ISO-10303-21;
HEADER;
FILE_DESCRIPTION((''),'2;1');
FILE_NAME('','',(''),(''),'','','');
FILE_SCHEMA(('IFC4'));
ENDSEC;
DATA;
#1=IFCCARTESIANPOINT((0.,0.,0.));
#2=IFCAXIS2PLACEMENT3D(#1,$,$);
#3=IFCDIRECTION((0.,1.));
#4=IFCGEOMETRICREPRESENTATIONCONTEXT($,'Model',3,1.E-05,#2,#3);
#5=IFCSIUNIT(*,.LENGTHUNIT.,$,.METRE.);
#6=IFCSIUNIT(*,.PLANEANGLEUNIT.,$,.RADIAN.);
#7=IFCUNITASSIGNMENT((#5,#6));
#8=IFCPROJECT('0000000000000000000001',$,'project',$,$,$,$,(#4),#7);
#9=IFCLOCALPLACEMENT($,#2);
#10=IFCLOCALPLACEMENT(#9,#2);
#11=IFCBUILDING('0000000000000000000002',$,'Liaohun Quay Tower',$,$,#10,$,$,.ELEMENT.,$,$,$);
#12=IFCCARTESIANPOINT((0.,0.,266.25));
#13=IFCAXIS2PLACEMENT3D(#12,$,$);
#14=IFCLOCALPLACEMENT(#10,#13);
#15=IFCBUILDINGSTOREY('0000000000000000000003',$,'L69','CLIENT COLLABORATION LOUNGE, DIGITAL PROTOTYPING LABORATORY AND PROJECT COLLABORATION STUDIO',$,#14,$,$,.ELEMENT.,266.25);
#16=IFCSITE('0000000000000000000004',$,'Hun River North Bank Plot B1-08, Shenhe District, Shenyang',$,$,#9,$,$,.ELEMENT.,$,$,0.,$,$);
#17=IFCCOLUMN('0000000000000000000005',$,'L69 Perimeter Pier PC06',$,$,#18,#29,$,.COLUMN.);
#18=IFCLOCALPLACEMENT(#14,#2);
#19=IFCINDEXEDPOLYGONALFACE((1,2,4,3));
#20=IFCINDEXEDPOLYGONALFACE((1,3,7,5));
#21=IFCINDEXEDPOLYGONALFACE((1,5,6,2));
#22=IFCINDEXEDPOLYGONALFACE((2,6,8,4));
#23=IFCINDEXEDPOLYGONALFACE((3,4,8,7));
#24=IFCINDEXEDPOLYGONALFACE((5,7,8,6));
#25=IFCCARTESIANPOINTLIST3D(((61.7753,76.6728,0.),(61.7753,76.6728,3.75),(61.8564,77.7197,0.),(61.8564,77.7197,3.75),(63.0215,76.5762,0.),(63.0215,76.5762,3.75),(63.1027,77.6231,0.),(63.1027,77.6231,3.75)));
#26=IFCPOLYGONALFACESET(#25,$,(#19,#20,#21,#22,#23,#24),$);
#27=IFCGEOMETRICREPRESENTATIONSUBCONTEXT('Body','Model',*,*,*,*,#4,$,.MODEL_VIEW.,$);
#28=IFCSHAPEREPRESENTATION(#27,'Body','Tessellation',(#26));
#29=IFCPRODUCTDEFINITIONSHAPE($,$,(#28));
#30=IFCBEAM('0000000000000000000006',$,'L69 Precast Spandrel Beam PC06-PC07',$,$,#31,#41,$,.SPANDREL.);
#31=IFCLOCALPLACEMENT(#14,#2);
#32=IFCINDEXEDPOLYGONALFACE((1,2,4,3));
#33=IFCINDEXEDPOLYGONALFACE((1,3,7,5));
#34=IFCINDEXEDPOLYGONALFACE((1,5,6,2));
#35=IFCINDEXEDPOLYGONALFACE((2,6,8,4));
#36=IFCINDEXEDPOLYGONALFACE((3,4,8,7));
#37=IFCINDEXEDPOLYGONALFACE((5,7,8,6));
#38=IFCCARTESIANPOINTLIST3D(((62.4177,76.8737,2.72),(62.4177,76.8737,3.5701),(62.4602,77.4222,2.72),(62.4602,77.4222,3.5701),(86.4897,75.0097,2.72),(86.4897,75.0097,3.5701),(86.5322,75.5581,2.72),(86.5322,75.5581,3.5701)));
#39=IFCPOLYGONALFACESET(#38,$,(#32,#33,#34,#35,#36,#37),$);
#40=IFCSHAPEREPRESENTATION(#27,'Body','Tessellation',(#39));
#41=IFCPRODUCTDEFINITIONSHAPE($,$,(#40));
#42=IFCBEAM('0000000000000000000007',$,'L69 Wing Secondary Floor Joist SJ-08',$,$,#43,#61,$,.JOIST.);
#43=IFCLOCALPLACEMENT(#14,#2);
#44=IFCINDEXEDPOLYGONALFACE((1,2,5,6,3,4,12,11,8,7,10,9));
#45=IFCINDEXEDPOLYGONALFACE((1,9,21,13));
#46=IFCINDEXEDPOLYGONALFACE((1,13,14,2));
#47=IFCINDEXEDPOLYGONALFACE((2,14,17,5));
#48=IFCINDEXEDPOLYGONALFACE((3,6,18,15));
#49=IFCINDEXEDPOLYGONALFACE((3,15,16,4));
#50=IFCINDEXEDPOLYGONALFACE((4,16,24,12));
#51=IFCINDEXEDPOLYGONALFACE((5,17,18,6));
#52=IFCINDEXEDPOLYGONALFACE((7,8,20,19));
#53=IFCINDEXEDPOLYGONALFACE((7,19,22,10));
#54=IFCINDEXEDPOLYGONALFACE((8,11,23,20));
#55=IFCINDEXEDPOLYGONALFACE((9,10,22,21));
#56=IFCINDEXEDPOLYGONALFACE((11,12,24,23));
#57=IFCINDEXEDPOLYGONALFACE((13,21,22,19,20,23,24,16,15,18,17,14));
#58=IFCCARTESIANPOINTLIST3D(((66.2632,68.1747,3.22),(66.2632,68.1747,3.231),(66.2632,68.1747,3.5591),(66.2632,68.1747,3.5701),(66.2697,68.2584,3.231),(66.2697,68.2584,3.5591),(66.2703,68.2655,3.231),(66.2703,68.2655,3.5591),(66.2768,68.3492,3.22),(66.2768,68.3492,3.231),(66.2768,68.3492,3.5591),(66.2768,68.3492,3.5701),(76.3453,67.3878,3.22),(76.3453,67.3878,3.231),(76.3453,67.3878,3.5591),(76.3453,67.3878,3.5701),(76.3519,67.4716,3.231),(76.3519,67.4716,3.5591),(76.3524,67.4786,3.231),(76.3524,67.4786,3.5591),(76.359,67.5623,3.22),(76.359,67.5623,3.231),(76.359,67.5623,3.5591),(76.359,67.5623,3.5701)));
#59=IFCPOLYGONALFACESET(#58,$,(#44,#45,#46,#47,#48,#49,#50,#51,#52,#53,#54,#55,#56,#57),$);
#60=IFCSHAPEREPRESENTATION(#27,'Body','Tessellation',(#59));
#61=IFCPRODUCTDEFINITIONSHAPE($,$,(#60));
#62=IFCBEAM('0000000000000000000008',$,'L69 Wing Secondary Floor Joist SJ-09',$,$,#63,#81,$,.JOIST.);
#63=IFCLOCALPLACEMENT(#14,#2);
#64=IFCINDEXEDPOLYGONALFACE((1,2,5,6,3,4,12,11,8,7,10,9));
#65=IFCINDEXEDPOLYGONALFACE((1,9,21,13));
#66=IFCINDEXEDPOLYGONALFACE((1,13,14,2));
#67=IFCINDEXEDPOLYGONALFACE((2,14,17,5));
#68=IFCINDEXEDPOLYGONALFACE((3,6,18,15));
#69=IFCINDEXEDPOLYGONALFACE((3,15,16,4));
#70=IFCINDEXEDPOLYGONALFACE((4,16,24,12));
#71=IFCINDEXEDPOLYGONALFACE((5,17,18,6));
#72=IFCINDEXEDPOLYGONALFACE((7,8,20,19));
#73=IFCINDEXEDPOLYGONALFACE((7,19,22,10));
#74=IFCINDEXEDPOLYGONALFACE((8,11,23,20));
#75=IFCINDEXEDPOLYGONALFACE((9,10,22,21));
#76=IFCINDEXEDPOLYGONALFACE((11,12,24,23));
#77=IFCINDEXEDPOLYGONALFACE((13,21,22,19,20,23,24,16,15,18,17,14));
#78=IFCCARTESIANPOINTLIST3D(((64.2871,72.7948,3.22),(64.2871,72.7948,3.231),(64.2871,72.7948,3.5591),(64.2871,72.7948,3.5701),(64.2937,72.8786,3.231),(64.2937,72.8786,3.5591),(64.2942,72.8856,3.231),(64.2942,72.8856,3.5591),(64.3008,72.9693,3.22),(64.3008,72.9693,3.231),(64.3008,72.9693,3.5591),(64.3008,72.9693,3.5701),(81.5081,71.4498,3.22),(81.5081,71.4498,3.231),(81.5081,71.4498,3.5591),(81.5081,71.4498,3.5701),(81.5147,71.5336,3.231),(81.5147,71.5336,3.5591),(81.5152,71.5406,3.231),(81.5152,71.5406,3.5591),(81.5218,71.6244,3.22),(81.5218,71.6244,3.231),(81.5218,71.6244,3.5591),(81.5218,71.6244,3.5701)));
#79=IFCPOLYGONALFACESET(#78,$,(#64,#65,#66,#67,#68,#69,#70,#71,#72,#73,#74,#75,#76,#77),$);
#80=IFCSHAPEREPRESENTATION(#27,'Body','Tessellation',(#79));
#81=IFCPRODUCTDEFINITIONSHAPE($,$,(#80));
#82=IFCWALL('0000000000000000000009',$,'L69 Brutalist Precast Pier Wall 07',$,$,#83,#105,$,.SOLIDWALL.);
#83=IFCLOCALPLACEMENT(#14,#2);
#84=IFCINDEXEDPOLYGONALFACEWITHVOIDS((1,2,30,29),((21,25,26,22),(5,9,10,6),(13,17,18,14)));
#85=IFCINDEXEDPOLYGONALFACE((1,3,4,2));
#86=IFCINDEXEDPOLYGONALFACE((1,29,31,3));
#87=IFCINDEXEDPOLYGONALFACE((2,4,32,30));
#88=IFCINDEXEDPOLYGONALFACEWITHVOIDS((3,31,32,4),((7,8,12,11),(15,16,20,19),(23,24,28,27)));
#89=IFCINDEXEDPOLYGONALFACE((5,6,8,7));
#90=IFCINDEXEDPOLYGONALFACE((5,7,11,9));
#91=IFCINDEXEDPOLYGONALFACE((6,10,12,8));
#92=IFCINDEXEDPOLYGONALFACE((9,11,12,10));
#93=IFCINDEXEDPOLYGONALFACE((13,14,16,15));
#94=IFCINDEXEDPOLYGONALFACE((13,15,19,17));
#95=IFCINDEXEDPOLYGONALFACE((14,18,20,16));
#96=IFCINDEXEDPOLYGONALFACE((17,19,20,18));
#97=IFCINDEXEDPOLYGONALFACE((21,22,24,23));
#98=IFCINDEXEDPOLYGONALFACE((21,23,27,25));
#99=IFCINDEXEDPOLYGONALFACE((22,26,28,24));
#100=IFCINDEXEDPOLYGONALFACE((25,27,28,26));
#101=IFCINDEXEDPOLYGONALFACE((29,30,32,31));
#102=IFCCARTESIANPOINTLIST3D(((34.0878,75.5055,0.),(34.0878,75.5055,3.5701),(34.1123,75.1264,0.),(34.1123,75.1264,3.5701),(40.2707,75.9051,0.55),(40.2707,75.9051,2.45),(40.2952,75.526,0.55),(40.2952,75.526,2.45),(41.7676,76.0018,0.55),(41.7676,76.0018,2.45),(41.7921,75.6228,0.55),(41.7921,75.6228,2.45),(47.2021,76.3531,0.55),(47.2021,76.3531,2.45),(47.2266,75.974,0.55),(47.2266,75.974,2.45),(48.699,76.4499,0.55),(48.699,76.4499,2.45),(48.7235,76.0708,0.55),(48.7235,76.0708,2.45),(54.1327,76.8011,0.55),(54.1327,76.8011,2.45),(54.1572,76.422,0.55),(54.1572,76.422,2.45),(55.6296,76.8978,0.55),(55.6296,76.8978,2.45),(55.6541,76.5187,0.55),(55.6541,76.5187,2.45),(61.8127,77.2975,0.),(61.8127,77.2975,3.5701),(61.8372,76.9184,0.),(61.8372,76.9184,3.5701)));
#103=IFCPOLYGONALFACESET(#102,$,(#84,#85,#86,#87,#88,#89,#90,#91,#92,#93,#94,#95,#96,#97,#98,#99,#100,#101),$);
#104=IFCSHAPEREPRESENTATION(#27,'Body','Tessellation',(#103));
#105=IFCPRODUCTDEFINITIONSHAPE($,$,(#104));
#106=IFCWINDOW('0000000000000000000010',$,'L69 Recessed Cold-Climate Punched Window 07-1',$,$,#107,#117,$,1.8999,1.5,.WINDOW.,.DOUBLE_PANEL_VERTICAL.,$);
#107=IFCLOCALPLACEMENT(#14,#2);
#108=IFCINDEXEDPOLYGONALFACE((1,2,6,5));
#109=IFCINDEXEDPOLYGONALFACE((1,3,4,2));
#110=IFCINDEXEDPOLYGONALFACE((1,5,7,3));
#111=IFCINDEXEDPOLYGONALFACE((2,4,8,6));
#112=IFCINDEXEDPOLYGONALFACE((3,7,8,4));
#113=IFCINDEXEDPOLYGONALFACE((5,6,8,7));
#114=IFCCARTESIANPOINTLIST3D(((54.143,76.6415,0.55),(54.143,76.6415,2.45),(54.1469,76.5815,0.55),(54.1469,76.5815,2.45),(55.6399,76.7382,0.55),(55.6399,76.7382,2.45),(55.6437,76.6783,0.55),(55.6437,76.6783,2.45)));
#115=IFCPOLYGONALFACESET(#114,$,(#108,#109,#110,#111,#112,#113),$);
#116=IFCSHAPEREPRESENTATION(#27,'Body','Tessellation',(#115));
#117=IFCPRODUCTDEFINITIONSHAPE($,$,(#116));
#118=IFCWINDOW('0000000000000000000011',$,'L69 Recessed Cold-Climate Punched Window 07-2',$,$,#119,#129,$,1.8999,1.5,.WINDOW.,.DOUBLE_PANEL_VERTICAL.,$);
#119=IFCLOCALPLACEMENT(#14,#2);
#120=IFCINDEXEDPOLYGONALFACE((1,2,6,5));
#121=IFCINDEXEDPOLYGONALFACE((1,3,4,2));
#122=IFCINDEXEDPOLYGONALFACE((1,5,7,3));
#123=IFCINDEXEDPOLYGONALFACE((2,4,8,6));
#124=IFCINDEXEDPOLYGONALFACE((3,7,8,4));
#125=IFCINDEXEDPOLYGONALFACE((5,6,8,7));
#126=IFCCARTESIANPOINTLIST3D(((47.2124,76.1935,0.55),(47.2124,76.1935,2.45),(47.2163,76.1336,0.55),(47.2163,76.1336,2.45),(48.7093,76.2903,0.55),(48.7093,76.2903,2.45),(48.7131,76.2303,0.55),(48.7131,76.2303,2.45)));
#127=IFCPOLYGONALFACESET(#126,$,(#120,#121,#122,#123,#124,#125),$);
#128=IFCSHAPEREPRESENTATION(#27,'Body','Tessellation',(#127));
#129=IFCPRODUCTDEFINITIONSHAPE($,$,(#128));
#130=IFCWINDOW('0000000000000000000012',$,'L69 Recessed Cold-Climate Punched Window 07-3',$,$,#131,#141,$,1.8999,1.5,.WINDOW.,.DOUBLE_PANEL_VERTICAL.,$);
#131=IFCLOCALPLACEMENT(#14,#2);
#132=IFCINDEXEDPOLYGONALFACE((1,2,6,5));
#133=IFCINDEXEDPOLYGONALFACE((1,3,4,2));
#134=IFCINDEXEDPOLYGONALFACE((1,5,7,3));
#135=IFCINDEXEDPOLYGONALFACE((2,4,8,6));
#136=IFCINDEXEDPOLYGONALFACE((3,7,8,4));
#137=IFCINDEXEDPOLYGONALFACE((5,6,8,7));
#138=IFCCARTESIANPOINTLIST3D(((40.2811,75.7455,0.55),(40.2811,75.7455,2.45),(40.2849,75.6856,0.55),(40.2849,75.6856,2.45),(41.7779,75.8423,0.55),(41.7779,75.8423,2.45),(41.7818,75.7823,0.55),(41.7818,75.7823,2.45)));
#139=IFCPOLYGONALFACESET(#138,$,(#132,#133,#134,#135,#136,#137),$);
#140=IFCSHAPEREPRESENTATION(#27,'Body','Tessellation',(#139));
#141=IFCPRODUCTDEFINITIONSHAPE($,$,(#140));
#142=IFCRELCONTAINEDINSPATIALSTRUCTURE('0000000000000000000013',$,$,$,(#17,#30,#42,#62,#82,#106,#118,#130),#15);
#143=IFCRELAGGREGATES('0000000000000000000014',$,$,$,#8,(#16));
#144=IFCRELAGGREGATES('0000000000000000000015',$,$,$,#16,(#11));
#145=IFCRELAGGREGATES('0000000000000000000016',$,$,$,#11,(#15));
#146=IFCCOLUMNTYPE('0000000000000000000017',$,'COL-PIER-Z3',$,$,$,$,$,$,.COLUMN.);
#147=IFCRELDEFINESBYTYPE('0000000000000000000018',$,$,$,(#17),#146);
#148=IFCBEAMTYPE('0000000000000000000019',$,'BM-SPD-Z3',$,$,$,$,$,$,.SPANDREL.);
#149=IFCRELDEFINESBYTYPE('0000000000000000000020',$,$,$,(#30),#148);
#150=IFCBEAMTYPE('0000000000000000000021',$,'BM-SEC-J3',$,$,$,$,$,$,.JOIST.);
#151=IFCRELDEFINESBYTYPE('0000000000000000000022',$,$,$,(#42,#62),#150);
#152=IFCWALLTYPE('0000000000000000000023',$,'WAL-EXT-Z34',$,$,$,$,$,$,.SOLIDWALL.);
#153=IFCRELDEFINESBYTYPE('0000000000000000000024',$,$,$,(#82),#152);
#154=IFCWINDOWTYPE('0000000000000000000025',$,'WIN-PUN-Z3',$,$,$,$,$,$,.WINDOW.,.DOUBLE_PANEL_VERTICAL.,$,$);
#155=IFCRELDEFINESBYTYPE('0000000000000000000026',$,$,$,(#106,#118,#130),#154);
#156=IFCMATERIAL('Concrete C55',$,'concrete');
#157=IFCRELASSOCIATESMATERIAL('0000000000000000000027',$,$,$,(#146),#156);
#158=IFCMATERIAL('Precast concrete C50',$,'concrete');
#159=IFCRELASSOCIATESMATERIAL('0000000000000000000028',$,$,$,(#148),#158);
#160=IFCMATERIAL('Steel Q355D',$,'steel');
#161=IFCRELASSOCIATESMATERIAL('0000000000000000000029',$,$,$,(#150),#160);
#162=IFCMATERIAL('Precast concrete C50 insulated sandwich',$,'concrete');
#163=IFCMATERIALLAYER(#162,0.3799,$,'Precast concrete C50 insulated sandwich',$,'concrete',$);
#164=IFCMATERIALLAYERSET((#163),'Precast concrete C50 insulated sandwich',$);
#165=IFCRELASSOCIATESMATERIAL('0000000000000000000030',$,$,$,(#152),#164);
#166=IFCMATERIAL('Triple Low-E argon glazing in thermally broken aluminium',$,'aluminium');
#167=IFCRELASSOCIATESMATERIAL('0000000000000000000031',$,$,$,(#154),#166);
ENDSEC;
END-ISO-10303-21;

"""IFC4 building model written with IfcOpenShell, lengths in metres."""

from ifc_helpers import new_model, si_unit, direction, frame, frame_2d, origin, origin_2d, place, context, subcontext, project, spatial, rectangle, i_section, extrude, source, transform, mapped, material, layer, layer_set, material_profile, profile_set, type_object, element, fill, save


model = new_model("IFC4")

# Units and contexts
model_context = context("Model", 3, precision=1e-05, world=origin(), true_north=direction((0.0, 1.0)))
body_context = subcontext(model_context, "Body", "Model", "MODEL_VIEW")
ifc_project = project(units=[si_unit("LENGTHUNIT", "METRE"), si_unit("PLANEANGLEUNIT", "RADIAN")], contexts=[model_context])

# Site, building, storey
site_placement = place(None, origin())
site = spatial("IfcSite", under=ifc_project, at=site_placement, Name="Hun River North Bank Plot B1-08, Shenhe District, Shenyang", CompositionType="ELEMENT", RefElevation=0.0)
building_placement = place(site_placement, origin())
building = spatial("IfcBuilding", under=site, at=building_placement, Name="Liaohun Quay Tower", CompositionType="ELEMENT")
storey_placement = place(building_placement, frame((0.0, 0.0, 266.25)))
storey = spatial("IfcBuildingStorey", under=building, at=storey_placement, Name="L69", Description="CLIENT COLLABORATION LOUNGE, DIGITAL PROTOTYPING LABORATORY AND PROJECT COLLABORATION STUDIO", CompositionType="ELEMENT", Elevation=266.25)

# Column
ifc_material_1 = material(Name="Concrete C55", Category="concrete")
ifc_material_profile_1 = material_profile(ifc_material_1, rectangle(XDim=1.25, YDim=1.05, at=origin_2d()), Name="RC1250x1050")
ifc_profile_set_1 = profile_set([ifc_material_profile_1], Name="Concrete C55")
column_type = type_object("IfcColumnType", Name="COL-PIER-Z3", PredefinedType="COLUMN", material=ifc_profile_set_1)
shared_shape_1 = source(origin(), body_context, "Body", "SweptSolid", [
    extrude(rectangle(XDim=1.25, YDim=1.05, at=origin_2d()), origin(), (0.0, 0.0, 1.0), 3.75),
])
column_placement = place(storey_placement, frame((62.439, 77.1479, 0.0), z_axis=(0.0, 0.0, 1.0), x_axis=(-0.997012, 0.077241, 0.0)))
element("IfcColumn", 1, at=column_placement, inside=storey, type_object=column_type, Name="L69 Perimeter Pier PC06", PredefinedType="COLUMN", context=body_context, shape_type="MappedRepresentation", body=[
    mapped(shared_shape_1, transform((0.0, 0.0, 0.0), x_axis=(1.0, 0.0, 0.0), y_axis=(0.0, 1.0, 0.0), z_axis=(0.0, 0.0, 1.0), scale=1.0)),
])

# Beams
ifc_material_2 = material(Name="Precast concrete C50", Category="concrete")
ifc_material_profile_2 = material_profile(ifc_material_2, rectangle(XDim=0.55, YDim=0.8501, at=origin_2d()), Name="RC550x850")
ifc_profile_set_2 = profile_set([ifc_material_profile_2], Name="Precast concrete C50")
beam_type_1 = type_object("IfcBeamType", Name="BM-SPD-Z3", PredefinedType="SPANDREL", material=ifc_profile_set_2)
shared_shape_2 = source(origin(), body_context, "Body", "SweptSolid", [
    extrude(rectangle(XDim=0.55, YDim=0.8501, at=origin_2d()), origin(), (0.0, 0.0, 1.0), 24.144),
])
beam_1_placement = place(storey_placement, frame((62.439, 77.1479, 3.145), z_axis=(0.997015, -0.077204, 0.0), x_axis=(0.077204, 0.997015, 0.0)))
element("IfcBeam", 2, at=beam_1_placement, inside=storey, type_object=beam_type_1, Name="L69 Precast Spandrel Beam PC06-PC07", PredefinedType="SPANDREL", context=body_context, shape_type="MappedRepresentation", body=[
    mapped(shared_shape_2, transform((0.0, 0.0, 0.0), x_axis=(1.0, 0.0, 0.0), y_axis=(0.0, 1.0, 0.0), z_axis=(0.0, 0.0, 1.0), scale=1.0)),
])
ifc_material_3 = material(Name="Steel Q355D", Category="steel")
ifc_material_profile_3 = material_profile(ifc_material_3, i_section(OverallWidth=0.175, OverallDepth=0.3501, WebThickness=0.0071, FlangeThickness=0.011, at=origin_2d()), Name="HN350x175x7x11")
ifc_profile_set_3 = profile_set([ifc_material_profile_3], Name="Steel Q355D")
beam_type_2 = type_object("IfcBeamType", Name="BM-SEC-J3", PredefinedType="JOIST", material=ifc_profile_set_3)
shared_shape_3 = source(origin(), body_context, "Body", "SweptSolid", [
    extrude(i_section(OverallWidth=0.175, OverallDepth=0.3501, WebThickness=0.0071, FlangeThickness=0.011, at=origin_2d()), origin(), (0.0, 0.0, 1.0), 10.1128),
])
beam_2_placement = place(storey_placement, frame((66.27, 68.262, 3.395), z_axis=(0.996968, -0.07781, 0.0), x_axis=(0.07781, 0.996968, 0.0)))
element("IfcBeam", 3, at=beam_2_placement, inside=storey, type_object=beam_type_2, Name="L69 Wing Secondary Floor Joist SJ-08", PredefinedType="JOIST", context=body_context, shape_type="MappedRepresentation", body=[
    mapped(shared_shape_3, transform((0.0, 0.0, 0.0), x_axis=(1.0, 0.0, 0.0), y_axis=(0.0, 1.0, 0.0), z_axis=(0.0, 0.0, 1.0), scale=1.0)),
])
shared_shape_4 = source(origin(), body_context, "Body", "SweptSolid", [
    extrude(i_section(OverallWidth=0.175, OverallDepth=0.3501, WebThickness=0.0071, FlangeThickness=0.011, at=origin_2d()), origin(), (0.0, 0.0, 1.0), 17.2734),
])
beam_3_placement = place(storey_placement, frame((64.2939, 72.8821, 3.395), z_axis=(0.996964, -0.077864, 0.0), x_axis=(0.077864, 0.996964, 0.0)))
element("IfcBeam", 4, at=beam_3_placement, inside=storey, type_object=beam_type_2, Name="L69 Wing Secondary Floor Joist SJ-09", PredefinedType="JOIST", context=body_context, shape_type="MappedRepresentation", body=[
    mapped(shared_shape_4, transform((0.0, 0.0, 0.0), x_axis=(1.0, 0.0, 0.0), y_axis=(0.0, 1.0, 0.0), z_axis=(0.0, 0.0, 1.0), scale=1.0)),
])

# Wall, openings, windows
ifc_material_4 = material(Name="Precast concrete C50 insulated sandwich", Category="concrete")
ifc_layer_1 = layer(ifc_material_4, 0.3799, Name="Precast concrete C50 insulated sandwich", Category="concrete")
ifc_layer_set_1 = layer_set([ifc_layer_1], Name="Precast concrete C50 insulated sandwich")
wall_type_1 = type_object("IfcWallType", Name="WAL-EXT-Z34", PredefinedType="SOLIDWALL", material=ifc_layer_set_1)
wall_1_placement = place(storey_placement, frame((61.825, 77.1079, 0.0), z_axis=(0.0, 0.0, 1.0), x_axis=(-0.997918, -0.0645, 0.0)))
wall_1 = element("IfcWall", 5, at=wall_1_placement, inside=storey, type_object=wall_type_1, Name="L69 Brutalist Precast Pier Wall 07", PredefinedType="SOLIDWALL", context=body_context, shape_type="SweptSolid", body=[
    extrude(rectangle(XDim=27.7827, YDim=0.3799, at=frame_2d((13.8914, 0.0))), origin(), (0.0, 0.0, 1.0), 3.5701),
])
shared_shape_5 = source(origin(), body_context, "Body", "SweptSolid", [
    extrude(rectangle(XDim=1.5, YDim=1.8999, at=frame_2d((0.75, 0.95))), frame((0.0, 0.2, 0.0), z_axis=(0.0, -1.0, 0.0), x_axis=(1.0, 0.0, 0.0)), (0.0, 0.0, 1.0), 0.3999),
])
opening_1_placement = place(wall_1_placement, frame((6.196, 0.0, 0.55)))
opening_1 = element("IfcOpeningElement", 6, at=opening_1_placement, cuts=wall_1, PredefinedType="OPENING", context=body_context, shape_type="MappedRepresentation", body=[
    mapped(shared_shape_5, transform((0.0, 0.0, 0.0), x_axis=(1.0, 0.0, 0.0), y_axis=(0.0, 1.0, 0.0), z_axis=(0.0, 0.0, 1.0), scale=1.0)),
])
opening_2_placement = place(wall_1_placement, frame((13.1411, 0.0, 0.55)))
opening_2 = element("IfcOpeningElement", 7, at=opening_2_placement, cuts=wall_1, PredefinedType="OPENING", context=body_context, shape_type="MappedRepresentation", body=[
    mapped(shared_shape_5, transform((0.0, 0.0, 0.0), x_axis=(1.0, 0.0, 0.0), y_axis=(0.0, 1.0, 0.0), z_axis=(0.0, 0.0, 1.0), scale=1.0)),
])
opening_3_placement = place(wall_1_placement, frame((20.0869, 0.0, 0.55)))
opening_3 = element("IfcOpeningElement", 8, at=opening_3_placement, cuts=wall_1, PredefinedType="OPENING", context=body_context, shape_type="MappedRepresentation", body=[
    mapped(shared_shape_5, transform((0.0, 0.0, 0.0), x_axis=(1.0, 0.0, 0.0), y_axis=(0.0, 1.0, 0.0), z_axis=(0.0, 0.0, 1.0), scale=1.0)),
])
ifc_material_5 = material(Name="Triple Low-E argon glazing in thermally broken aluminium", Category="aluminium")
window_type = type_object("IfcWindowType", Name="WIN-PUN-Z3", PartitioningType="DOUBLE_PANEL_VERTICAL", PredefinedType="WINDOW", material=ifc_material_5)
shared_shape_6 = source(origin(), body_context, "Body", "SweptSolid", [
    extrude(rectangle(XDim=1.5, YDim=1.8999, at=frame_2d((0.75, 0.95))), frame((0.0, 0.03, 0.0), z_axis=(0.0, -1.0, 0.0), x_axis=(1.0, 0.0, 0.0)), (0.0, 0.0, 1.0), 0.0601),
])
window_1_placement = place(opening_1_placement, origin())
window_1 = element("IfcWindow", 9, at=window_1_placement, inside=storey, type_object=window_type, Name="L69 Recessed Cold-Climate Punched Window 07-1", OverallHeight=1.8999, OverallWidth=1.5, PartitioningType="DOUBLE_PANEL_VERTICAL", PredefinedType="WINDOW", context=body_context, shape_type="MappedRepresentation", body=[
    mapped(shared_shape_6, transform((0.0, 0.0, 0.0), x_axis=(1.0, 0.0, 0.0), y_axis=(0.0, 1.0, 0.0), z_axis=(0.0, 0.0, 1.0), scale=1.0)),
])
fill(opening_1, window_1)
window_2_placement = place(opening_2_placement, origin())
window_2 = element("IfcWindow", 10, at=window_2_placement, inside=storey, type_object=window_type, Name="L69 Recessed Cold-Climate Punched Window 07-2", OverallHeight=1.8999, OverallWidth=1.5, PartitioningType="DOUBLE_PANEL_VERTICAL", PredefinedType="WINDOW", context=body_context, shape_type="MappedRepresentation", body=[
    mapped(shared_shape_6, transform((0.0, 0.0, 0.0), x_axis=(1.0, 0.0, 0.0), y_axis=(0.0, 1.0, 0.0), z_axis=(0.0, 0.0, 1.0), scale=1.0)),
])
fill(opening_2, window_2)
window_3_placement = place(opening_3_placement, origin())
window_3 = element("IfcWindow", 11, at=window_3_placement, inside=storey, type_object=window_type, Name="L69 Recessed Cold-Climate Punched Window 07-3", OverallHeight=1.8999, OverallWidth=1.5, PartitioningType="DOUBLE_PANEL_VERTICAL", PredefinedType="WINDOW", context=body_context, shape_type="MappedRepresentation", body=[
    mapped(shared_shape_6, transform((0.0, 0.0, 0.0), x_axis=(1.0, 0.0, 0.0), y_axis=(0.0, 1.0, 0.0), z_axis=(0.0, 0.0, 1.0), scale=1.0)),
])
fill(opening_3, window_3)

save(model, "model.ifc")
